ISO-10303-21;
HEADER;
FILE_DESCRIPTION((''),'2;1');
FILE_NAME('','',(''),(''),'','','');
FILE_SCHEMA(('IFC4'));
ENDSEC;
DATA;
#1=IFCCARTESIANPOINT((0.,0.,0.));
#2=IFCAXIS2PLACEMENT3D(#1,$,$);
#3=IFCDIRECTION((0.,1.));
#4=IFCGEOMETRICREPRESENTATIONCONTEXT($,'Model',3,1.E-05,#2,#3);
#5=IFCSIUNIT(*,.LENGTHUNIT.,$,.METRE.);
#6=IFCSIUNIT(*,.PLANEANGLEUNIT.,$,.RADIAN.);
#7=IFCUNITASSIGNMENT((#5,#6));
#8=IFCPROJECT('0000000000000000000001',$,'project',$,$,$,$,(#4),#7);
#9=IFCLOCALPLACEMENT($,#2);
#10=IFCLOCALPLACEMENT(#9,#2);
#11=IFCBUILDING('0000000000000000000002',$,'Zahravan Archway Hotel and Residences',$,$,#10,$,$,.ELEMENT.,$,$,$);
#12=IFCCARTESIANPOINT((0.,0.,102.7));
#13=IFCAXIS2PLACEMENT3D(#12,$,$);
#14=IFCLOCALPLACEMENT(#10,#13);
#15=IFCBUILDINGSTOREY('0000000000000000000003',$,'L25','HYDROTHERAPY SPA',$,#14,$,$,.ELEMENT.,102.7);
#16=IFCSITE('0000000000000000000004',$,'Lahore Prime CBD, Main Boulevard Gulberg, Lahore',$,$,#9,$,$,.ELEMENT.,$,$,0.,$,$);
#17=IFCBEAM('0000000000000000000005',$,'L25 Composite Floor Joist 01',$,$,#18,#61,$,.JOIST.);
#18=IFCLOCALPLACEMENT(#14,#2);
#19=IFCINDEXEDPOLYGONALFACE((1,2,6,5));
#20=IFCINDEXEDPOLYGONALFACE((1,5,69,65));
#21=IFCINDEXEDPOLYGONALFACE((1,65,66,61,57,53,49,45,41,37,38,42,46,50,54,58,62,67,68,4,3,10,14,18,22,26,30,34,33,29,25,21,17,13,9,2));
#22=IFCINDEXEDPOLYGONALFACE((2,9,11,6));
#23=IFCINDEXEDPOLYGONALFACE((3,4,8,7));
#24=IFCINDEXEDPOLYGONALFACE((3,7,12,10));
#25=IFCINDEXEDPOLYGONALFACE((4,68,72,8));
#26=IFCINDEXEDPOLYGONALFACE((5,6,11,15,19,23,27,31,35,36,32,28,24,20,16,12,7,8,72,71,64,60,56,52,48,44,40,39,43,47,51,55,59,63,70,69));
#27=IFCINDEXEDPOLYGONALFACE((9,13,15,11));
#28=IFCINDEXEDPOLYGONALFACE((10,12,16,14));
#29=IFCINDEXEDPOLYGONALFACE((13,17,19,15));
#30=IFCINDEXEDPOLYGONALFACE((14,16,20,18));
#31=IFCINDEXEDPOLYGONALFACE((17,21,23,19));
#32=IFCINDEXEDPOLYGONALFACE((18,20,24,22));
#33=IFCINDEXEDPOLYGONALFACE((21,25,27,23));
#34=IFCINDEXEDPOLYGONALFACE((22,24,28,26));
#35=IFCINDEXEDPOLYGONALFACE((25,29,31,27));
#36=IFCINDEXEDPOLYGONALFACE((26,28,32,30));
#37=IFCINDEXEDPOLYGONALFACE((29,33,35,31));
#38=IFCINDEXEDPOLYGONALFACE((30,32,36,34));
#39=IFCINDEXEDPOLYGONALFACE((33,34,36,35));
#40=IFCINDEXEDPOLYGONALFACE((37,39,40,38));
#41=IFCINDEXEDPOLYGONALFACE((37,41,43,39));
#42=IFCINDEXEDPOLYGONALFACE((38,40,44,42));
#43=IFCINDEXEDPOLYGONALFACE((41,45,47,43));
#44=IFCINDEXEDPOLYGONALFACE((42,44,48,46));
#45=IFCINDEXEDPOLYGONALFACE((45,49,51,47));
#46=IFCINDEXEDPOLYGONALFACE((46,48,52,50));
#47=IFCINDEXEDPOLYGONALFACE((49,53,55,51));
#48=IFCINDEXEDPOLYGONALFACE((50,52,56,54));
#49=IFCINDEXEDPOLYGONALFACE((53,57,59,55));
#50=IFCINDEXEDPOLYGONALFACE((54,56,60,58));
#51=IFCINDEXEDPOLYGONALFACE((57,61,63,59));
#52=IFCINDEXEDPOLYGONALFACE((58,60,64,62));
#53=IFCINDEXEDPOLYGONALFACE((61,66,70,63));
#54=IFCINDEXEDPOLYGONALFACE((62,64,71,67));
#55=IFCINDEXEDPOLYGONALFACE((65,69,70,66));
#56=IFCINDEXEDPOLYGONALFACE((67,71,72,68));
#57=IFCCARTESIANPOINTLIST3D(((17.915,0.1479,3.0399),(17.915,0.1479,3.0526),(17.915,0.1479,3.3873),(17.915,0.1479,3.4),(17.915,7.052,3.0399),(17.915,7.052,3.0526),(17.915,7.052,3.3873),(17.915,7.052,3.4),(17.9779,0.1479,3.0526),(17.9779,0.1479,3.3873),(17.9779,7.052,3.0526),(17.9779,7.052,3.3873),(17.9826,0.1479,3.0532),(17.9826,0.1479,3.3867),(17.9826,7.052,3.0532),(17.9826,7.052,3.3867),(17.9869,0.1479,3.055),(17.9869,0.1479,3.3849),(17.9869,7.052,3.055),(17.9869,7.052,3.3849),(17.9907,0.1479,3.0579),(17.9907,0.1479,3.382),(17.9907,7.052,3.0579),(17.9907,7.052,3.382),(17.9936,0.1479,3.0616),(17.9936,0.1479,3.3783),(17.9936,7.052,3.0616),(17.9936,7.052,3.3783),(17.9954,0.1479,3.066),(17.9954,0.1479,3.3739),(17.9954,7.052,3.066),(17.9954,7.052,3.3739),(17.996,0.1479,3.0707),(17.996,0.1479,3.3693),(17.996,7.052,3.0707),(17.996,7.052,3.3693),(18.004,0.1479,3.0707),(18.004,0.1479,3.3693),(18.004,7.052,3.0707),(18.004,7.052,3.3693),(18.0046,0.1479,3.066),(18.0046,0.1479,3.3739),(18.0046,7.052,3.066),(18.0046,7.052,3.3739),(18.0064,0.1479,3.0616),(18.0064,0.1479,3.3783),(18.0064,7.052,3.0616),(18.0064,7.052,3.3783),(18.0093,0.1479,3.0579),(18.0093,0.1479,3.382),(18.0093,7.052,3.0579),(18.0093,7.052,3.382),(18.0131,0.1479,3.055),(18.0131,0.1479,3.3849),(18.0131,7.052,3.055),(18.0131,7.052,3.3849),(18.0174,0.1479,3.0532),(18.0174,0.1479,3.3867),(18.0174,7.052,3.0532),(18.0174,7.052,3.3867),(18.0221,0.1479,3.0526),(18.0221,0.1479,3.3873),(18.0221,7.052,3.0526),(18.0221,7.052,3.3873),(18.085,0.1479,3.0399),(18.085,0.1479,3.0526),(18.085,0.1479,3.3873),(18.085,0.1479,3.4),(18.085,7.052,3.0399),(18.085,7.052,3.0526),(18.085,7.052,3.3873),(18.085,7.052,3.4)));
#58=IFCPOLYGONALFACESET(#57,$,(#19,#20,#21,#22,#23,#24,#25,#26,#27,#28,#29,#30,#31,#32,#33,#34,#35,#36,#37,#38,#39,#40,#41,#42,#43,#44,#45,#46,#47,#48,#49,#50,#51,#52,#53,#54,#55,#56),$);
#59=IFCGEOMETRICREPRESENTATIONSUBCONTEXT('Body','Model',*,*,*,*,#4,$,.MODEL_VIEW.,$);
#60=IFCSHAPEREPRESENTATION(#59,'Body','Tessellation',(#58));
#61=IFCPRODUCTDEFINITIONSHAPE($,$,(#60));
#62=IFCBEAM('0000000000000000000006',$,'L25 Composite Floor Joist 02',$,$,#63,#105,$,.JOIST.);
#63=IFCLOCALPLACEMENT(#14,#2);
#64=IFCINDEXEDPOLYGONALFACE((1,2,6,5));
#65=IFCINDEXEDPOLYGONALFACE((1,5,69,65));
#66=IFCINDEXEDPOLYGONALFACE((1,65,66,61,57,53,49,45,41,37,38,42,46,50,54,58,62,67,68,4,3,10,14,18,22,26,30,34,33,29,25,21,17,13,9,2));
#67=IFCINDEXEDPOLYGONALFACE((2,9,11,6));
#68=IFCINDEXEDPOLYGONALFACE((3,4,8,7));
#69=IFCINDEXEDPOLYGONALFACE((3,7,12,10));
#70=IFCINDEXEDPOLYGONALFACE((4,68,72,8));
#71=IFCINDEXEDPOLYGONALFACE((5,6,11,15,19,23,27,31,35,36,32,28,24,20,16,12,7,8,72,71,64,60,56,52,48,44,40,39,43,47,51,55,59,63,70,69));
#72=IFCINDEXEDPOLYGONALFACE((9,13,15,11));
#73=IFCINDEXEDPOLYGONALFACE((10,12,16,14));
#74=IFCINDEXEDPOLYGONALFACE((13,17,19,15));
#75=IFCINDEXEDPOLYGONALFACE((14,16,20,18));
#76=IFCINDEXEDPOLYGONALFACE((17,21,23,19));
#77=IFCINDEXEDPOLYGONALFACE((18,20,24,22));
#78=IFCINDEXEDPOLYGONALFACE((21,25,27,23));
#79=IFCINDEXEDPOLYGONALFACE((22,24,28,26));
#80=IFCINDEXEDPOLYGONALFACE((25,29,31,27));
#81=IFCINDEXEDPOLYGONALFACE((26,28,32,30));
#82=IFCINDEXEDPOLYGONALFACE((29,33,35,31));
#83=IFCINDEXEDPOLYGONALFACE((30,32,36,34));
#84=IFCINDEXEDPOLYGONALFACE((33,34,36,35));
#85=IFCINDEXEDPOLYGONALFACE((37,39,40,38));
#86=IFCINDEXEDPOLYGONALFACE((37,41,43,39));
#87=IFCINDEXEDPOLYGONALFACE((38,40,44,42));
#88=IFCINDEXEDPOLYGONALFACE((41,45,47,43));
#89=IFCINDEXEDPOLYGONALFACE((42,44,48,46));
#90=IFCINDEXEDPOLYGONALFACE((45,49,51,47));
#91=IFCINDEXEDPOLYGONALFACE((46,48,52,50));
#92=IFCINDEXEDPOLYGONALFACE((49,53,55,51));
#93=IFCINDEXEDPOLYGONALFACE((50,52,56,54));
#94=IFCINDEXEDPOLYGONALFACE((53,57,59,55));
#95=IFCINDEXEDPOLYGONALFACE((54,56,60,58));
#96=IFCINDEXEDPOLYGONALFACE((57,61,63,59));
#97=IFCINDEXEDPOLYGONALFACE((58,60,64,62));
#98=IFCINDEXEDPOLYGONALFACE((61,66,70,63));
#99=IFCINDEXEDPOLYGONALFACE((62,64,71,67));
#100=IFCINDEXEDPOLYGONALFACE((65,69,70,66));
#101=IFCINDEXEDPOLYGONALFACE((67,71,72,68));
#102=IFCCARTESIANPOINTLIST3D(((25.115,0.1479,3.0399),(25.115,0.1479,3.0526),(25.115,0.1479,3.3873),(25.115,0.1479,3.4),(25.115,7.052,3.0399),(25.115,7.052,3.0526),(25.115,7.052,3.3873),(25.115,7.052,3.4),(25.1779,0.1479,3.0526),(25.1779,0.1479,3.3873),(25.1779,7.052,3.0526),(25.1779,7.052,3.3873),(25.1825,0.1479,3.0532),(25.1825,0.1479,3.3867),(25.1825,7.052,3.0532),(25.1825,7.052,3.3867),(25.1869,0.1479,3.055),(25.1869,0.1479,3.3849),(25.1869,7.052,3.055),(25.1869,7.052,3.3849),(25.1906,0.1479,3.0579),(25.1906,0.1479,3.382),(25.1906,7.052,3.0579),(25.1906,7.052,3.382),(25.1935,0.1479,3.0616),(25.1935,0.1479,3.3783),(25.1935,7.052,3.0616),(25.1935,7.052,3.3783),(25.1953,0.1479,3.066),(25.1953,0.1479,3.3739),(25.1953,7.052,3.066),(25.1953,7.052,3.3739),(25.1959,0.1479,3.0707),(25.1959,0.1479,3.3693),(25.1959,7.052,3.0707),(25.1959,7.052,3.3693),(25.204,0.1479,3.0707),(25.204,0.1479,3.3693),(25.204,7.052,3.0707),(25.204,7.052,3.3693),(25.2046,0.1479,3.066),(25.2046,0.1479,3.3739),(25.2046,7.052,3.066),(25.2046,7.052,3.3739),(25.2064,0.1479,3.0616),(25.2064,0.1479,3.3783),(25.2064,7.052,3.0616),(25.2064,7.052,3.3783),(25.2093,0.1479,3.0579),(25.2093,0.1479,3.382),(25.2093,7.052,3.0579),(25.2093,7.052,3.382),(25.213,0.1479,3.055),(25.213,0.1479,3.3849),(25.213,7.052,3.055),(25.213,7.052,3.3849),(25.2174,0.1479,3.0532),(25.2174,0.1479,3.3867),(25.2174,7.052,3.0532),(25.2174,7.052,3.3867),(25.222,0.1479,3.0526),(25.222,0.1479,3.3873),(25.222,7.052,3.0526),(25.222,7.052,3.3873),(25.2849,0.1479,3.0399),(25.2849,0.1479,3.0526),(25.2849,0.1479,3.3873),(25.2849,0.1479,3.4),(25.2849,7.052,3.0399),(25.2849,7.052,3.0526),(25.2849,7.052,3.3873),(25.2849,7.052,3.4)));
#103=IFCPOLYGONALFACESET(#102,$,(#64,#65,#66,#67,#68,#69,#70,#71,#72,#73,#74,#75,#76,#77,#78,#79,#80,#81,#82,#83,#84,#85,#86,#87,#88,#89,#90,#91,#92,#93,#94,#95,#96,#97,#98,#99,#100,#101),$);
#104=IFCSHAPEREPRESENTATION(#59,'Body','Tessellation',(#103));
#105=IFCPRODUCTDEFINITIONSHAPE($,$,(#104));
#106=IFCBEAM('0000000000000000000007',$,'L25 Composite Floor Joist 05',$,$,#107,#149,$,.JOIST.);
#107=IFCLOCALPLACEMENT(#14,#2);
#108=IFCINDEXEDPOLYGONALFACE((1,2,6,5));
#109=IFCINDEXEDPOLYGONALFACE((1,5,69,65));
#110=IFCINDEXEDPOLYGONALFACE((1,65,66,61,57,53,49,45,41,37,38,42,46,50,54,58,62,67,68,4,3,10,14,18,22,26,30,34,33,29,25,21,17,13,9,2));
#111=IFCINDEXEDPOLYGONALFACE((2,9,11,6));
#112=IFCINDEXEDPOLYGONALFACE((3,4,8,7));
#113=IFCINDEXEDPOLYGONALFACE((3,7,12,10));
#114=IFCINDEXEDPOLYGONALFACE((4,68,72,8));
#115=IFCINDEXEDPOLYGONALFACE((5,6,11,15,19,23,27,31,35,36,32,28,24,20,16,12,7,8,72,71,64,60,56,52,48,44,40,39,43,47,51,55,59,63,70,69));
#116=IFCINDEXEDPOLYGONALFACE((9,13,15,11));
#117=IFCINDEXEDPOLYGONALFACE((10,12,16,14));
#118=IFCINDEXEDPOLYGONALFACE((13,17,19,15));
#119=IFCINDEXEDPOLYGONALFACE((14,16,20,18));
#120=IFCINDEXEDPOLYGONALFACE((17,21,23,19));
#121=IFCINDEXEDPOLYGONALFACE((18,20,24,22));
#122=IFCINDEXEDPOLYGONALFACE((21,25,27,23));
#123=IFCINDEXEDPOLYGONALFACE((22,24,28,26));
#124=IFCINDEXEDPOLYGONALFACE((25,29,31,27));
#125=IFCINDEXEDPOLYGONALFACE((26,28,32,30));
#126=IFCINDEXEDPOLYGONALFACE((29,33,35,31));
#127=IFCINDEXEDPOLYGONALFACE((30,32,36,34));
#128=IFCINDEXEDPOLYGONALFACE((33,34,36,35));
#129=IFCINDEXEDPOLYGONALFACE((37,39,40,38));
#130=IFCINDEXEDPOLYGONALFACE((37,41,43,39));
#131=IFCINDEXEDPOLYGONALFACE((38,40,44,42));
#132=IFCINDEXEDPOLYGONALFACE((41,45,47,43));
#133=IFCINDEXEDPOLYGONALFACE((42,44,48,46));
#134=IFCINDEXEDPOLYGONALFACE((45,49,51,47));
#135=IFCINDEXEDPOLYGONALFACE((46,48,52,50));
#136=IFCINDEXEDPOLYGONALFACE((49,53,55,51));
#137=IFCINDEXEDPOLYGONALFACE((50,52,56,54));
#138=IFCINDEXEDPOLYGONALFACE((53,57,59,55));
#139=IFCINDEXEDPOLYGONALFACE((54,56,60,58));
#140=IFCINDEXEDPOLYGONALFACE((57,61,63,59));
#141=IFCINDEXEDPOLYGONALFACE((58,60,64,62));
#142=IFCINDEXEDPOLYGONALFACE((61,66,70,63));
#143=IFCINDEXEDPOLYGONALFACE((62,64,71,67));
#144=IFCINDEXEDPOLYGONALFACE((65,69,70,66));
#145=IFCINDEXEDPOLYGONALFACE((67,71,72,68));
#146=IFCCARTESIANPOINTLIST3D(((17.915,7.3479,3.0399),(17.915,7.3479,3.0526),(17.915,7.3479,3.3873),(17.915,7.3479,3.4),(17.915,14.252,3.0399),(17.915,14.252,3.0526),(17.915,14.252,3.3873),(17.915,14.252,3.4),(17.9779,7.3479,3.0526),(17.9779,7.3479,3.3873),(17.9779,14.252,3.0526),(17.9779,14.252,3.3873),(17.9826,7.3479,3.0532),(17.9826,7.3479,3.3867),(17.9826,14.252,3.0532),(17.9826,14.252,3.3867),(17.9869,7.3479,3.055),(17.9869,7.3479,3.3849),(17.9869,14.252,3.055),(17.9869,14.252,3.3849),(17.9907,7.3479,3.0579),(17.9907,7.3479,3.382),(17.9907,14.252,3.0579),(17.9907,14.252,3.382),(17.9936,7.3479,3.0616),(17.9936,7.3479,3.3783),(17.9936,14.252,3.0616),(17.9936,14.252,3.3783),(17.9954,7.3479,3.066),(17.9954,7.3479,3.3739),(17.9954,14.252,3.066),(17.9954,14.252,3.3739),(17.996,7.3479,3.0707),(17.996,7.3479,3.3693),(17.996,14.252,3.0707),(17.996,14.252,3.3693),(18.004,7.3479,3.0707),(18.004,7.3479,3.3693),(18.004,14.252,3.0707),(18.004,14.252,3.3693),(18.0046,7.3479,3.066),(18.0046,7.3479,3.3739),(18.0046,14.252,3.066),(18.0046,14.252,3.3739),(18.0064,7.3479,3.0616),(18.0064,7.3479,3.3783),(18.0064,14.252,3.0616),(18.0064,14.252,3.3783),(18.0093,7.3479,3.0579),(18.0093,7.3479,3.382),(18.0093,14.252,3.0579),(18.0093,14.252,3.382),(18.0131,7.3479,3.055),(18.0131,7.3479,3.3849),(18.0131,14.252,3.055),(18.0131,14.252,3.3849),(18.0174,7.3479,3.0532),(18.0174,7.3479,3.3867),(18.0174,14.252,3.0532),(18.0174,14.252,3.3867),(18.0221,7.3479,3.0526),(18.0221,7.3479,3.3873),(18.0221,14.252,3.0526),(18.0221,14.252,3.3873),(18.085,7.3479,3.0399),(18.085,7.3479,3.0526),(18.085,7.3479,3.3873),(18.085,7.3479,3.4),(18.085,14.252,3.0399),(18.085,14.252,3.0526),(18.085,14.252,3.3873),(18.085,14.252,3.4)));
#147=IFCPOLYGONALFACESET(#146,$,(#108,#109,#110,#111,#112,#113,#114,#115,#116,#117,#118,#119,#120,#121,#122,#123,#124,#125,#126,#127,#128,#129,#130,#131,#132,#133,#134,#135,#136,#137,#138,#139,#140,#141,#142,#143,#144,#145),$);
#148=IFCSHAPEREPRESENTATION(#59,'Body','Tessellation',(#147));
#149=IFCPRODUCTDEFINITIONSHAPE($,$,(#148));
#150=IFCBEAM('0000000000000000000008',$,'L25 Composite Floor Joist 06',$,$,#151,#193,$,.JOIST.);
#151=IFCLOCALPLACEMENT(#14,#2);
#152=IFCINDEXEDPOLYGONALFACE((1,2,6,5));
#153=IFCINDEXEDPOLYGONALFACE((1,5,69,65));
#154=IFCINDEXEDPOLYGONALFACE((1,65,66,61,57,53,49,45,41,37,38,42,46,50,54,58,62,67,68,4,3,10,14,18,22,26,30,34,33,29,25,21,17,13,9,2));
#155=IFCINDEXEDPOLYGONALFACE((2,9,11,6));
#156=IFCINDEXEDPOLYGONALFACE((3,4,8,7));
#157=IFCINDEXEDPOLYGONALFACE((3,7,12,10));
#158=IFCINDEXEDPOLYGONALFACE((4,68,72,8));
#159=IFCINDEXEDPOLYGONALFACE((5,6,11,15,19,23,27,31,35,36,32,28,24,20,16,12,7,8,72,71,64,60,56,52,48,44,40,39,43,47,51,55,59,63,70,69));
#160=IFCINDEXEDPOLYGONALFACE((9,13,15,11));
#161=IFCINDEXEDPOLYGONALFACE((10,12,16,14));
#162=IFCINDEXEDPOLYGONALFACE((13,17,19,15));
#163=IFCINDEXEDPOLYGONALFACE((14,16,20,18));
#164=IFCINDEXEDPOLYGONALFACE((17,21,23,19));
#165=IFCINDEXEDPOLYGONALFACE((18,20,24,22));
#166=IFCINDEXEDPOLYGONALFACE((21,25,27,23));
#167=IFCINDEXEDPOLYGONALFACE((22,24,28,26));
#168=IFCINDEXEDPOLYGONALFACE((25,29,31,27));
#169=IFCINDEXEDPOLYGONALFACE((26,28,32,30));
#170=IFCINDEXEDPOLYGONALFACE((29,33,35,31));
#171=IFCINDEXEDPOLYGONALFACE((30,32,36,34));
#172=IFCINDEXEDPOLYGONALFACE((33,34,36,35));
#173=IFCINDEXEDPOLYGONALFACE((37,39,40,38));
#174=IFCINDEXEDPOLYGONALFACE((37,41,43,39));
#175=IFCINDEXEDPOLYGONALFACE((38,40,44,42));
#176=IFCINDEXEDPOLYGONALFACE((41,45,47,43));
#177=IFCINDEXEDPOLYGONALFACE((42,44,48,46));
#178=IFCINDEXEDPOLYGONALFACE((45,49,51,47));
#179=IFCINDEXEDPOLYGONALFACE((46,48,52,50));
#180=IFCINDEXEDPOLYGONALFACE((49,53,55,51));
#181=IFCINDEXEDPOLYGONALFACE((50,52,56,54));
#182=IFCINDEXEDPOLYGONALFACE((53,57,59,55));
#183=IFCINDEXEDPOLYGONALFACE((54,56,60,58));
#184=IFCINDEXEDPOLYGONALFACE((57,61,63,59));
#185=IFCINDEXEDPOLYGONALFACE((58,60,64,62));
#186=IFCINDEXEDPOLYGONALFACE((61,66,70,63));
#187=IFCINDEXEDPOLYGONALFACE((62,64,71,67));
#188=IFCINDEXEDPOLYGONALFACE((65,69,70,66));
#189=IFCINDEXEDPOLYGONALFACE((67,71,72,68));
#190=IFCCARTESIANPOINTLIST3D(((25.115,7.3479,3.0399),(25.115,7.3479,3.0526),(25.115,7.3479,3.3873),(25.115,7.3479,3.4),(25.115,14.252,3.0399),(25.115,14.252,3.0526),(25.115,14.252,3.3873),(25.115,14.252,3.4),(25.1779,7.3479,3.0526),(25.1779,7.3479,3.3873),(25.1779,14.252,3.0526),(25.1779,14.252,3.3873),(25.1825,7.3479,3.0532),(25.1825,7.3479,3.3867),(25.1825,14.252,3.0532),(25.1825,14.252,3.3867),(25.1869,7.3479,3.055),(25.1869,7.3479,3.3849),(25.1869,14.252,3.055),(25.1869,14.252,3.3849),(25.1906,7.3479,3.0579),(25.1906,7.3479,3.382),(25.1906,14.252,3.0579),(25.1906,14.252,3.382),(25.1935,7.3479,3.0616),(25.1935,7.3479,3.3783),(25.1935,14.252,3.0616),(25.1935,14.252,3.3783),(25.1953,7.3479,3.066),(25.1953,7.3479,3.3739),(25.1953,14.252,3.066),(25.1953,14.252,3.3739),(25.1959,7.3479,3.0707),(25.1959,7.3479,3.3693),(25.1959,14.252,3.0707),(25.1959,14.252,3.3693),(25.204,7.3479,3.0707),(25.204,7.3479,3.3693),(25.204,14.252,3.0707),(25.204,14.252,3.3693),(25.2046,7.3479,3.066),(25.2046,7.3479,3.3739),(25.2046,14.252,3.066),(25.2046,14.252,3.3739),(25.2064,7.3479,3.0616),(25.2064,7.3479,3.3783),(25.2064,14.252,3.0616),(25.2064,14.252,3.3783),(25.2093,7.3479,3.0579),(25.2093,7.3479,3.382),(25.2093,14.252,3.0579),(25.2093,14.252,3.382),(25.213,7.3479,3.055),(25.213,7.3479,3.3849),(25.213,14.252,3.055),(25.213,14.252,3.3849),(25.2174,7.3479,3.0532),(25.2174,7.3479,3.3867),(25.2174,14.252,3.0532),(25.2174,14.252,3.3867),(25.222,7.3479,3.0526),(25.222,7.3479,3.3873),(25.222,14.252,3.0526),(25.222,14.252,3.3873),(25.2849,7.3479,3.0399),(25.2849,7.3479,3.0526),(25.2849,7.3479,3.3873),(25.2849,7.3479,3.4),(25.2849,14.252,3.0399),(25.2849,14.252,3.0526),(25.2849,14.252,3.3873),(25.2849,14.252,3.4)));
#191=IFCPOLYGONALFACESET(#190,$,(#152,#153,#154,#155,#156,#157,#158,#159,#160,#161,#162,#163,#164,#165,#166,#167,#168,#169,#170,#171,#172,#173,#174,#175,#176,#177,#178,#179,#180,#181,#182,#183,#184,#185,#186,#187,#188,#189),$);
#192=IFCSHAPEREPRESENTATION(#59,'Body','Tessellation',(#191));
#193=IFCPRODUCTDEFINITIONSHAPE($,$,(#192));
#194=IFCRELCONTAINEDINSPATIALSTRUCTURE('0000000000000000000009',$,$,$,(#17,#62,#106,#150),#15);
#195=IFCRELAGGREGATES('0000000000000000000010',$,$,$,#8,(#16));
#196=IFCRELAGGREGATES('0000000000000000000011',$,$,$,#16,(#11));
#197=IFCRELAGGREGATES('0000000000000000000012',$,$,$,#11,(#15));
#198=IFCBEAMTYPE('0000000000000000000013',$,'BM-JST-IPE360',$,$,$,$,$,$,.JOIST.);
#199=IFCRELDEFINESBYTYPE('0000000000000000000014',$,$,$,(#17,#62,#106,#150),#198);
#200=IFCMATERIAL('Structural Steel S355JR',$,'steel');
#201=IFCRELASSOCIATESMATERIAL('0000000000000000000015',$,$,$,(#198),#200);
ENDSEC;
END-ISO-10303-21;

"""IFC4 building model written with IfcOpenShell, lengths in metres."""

from ifc_helpers import new_model, si_unit, direction, frame, origin, origin_2d, place, context, subcontext, project, spatial, i_section, extrude, source, transform, mapped, material, material_profile, profile_set, type_object, type_shapes, element, save


model = new_model("IFC4")

# Units and contexts
model_context = context("Model", 3, precision=1e-05, world=origin(), true_north=direction((0.0, 1.0)))
body_context = subcontext(model_context, "Body", "Model", "MODEL_VIEW")
ifc_project = project(units=[si_unit("LENGTHUNIT", "METRE"), si_unit("PLANEANGLEUNIT", "RADIAN")], contexts=[model_context])

# Site, building, storey
site_placement = place(None, origin())
site = spatial("IfcSite", under=ifc_project, at=site_placement, Name="Lahore Prime CBD, Main Boulevard Gulberg, Lahore", CompositionType="ELEMENT", RefElevation=0.0)
building_placement = place(site_placement, origin())
building = spatial("IfcBuilding", under=site, at=building_placement, Name="Zahravan Archway Hotel and Residences", CompositionType="ELEMENT")
storey_placement = place(building_placement, frame((0.0, 0.0, 102.7)))
storey = spatial("IfcBuildingStorey", under=building, at=storey_placement, Name="L25", Description="HYDROTHERAPY SPA", CompositionType="ELEMENT", Elevation=102.7)

# Beams
ifc_material_1 = material(Name="Structural Steel S355JR", Category="steel")
ifc_material_profile_1 = material_profile(ifc_material_1, i_section(OverallWidth=0.1699, OverallDepth=0.3601, WebThickness=0.0081, FlangeThickness=0.0127, FilletRadius=0.0181, at=origin_2d()), Name="IPE 360", Category="steel")
ifc_profile_set_1 = profile_set([ifc_material_profile_1], Name="Structural Steel S355JR")
beam_type_1 = type_object("IfcBeamType", Name="BM-JST-IPE360", PredefinedType="JOIST", material=ifc_profile_set_1)
shared_shape_1 = source(origin(), body_context, "Body", "SweptSolid", [
    extrude(i_section(OverallWidth=0.1699, OverallDepth=0.3601, WebThickness=0.0081, FlangeThickness=0.0127, FilletRadius=0.0181, at=origin_2d()), origin(), (0.0, 0.0, 1.0), 6.9041),
])
type_shapes(beam_type_1, [shared_shape_1])
for number, where, z_axis, x_axis, name in (
    (1, (18.0, 0.1479, 3.22), (0.0, 1.0, 0.0), (-1.0, 0.0, 0.0), "L25 Composite Floor Joist 01"),
    (2, (25.2, 0.1479, 3.22), (0.0, 1.0, 0.0), (-1.0, 0.0, 0.0), "L25 Composite Floor Joist 02"),
    (3, (18.0, 7.3479, 3.22), (0.0, 1.0, 0.0), (-1.0, 0.0, 0.0), "L25 Composite Floor Joist 05"),
    (4, (25.2, 7.3479, 3.22), (0.0, 1.0, 0.0), (-1.0, 0.0, 0.0), "L25 Composite Floor Joist 06"),
):
    element("IfcBeam", number, at=place(storey_placement, frame(where, z_axis=z_axis, x_axis=x_axis)), inside=storey, type_object=beam_type_1, Name=name, PredefinedType="JOIST", context=body_context, shape_type="MappedRepresentation", body=[
        mapped(shared_shape_1, transform((0.0, 0.0, 0.0), scale=1.0)),
    ])

save(model, "model.ifc")
